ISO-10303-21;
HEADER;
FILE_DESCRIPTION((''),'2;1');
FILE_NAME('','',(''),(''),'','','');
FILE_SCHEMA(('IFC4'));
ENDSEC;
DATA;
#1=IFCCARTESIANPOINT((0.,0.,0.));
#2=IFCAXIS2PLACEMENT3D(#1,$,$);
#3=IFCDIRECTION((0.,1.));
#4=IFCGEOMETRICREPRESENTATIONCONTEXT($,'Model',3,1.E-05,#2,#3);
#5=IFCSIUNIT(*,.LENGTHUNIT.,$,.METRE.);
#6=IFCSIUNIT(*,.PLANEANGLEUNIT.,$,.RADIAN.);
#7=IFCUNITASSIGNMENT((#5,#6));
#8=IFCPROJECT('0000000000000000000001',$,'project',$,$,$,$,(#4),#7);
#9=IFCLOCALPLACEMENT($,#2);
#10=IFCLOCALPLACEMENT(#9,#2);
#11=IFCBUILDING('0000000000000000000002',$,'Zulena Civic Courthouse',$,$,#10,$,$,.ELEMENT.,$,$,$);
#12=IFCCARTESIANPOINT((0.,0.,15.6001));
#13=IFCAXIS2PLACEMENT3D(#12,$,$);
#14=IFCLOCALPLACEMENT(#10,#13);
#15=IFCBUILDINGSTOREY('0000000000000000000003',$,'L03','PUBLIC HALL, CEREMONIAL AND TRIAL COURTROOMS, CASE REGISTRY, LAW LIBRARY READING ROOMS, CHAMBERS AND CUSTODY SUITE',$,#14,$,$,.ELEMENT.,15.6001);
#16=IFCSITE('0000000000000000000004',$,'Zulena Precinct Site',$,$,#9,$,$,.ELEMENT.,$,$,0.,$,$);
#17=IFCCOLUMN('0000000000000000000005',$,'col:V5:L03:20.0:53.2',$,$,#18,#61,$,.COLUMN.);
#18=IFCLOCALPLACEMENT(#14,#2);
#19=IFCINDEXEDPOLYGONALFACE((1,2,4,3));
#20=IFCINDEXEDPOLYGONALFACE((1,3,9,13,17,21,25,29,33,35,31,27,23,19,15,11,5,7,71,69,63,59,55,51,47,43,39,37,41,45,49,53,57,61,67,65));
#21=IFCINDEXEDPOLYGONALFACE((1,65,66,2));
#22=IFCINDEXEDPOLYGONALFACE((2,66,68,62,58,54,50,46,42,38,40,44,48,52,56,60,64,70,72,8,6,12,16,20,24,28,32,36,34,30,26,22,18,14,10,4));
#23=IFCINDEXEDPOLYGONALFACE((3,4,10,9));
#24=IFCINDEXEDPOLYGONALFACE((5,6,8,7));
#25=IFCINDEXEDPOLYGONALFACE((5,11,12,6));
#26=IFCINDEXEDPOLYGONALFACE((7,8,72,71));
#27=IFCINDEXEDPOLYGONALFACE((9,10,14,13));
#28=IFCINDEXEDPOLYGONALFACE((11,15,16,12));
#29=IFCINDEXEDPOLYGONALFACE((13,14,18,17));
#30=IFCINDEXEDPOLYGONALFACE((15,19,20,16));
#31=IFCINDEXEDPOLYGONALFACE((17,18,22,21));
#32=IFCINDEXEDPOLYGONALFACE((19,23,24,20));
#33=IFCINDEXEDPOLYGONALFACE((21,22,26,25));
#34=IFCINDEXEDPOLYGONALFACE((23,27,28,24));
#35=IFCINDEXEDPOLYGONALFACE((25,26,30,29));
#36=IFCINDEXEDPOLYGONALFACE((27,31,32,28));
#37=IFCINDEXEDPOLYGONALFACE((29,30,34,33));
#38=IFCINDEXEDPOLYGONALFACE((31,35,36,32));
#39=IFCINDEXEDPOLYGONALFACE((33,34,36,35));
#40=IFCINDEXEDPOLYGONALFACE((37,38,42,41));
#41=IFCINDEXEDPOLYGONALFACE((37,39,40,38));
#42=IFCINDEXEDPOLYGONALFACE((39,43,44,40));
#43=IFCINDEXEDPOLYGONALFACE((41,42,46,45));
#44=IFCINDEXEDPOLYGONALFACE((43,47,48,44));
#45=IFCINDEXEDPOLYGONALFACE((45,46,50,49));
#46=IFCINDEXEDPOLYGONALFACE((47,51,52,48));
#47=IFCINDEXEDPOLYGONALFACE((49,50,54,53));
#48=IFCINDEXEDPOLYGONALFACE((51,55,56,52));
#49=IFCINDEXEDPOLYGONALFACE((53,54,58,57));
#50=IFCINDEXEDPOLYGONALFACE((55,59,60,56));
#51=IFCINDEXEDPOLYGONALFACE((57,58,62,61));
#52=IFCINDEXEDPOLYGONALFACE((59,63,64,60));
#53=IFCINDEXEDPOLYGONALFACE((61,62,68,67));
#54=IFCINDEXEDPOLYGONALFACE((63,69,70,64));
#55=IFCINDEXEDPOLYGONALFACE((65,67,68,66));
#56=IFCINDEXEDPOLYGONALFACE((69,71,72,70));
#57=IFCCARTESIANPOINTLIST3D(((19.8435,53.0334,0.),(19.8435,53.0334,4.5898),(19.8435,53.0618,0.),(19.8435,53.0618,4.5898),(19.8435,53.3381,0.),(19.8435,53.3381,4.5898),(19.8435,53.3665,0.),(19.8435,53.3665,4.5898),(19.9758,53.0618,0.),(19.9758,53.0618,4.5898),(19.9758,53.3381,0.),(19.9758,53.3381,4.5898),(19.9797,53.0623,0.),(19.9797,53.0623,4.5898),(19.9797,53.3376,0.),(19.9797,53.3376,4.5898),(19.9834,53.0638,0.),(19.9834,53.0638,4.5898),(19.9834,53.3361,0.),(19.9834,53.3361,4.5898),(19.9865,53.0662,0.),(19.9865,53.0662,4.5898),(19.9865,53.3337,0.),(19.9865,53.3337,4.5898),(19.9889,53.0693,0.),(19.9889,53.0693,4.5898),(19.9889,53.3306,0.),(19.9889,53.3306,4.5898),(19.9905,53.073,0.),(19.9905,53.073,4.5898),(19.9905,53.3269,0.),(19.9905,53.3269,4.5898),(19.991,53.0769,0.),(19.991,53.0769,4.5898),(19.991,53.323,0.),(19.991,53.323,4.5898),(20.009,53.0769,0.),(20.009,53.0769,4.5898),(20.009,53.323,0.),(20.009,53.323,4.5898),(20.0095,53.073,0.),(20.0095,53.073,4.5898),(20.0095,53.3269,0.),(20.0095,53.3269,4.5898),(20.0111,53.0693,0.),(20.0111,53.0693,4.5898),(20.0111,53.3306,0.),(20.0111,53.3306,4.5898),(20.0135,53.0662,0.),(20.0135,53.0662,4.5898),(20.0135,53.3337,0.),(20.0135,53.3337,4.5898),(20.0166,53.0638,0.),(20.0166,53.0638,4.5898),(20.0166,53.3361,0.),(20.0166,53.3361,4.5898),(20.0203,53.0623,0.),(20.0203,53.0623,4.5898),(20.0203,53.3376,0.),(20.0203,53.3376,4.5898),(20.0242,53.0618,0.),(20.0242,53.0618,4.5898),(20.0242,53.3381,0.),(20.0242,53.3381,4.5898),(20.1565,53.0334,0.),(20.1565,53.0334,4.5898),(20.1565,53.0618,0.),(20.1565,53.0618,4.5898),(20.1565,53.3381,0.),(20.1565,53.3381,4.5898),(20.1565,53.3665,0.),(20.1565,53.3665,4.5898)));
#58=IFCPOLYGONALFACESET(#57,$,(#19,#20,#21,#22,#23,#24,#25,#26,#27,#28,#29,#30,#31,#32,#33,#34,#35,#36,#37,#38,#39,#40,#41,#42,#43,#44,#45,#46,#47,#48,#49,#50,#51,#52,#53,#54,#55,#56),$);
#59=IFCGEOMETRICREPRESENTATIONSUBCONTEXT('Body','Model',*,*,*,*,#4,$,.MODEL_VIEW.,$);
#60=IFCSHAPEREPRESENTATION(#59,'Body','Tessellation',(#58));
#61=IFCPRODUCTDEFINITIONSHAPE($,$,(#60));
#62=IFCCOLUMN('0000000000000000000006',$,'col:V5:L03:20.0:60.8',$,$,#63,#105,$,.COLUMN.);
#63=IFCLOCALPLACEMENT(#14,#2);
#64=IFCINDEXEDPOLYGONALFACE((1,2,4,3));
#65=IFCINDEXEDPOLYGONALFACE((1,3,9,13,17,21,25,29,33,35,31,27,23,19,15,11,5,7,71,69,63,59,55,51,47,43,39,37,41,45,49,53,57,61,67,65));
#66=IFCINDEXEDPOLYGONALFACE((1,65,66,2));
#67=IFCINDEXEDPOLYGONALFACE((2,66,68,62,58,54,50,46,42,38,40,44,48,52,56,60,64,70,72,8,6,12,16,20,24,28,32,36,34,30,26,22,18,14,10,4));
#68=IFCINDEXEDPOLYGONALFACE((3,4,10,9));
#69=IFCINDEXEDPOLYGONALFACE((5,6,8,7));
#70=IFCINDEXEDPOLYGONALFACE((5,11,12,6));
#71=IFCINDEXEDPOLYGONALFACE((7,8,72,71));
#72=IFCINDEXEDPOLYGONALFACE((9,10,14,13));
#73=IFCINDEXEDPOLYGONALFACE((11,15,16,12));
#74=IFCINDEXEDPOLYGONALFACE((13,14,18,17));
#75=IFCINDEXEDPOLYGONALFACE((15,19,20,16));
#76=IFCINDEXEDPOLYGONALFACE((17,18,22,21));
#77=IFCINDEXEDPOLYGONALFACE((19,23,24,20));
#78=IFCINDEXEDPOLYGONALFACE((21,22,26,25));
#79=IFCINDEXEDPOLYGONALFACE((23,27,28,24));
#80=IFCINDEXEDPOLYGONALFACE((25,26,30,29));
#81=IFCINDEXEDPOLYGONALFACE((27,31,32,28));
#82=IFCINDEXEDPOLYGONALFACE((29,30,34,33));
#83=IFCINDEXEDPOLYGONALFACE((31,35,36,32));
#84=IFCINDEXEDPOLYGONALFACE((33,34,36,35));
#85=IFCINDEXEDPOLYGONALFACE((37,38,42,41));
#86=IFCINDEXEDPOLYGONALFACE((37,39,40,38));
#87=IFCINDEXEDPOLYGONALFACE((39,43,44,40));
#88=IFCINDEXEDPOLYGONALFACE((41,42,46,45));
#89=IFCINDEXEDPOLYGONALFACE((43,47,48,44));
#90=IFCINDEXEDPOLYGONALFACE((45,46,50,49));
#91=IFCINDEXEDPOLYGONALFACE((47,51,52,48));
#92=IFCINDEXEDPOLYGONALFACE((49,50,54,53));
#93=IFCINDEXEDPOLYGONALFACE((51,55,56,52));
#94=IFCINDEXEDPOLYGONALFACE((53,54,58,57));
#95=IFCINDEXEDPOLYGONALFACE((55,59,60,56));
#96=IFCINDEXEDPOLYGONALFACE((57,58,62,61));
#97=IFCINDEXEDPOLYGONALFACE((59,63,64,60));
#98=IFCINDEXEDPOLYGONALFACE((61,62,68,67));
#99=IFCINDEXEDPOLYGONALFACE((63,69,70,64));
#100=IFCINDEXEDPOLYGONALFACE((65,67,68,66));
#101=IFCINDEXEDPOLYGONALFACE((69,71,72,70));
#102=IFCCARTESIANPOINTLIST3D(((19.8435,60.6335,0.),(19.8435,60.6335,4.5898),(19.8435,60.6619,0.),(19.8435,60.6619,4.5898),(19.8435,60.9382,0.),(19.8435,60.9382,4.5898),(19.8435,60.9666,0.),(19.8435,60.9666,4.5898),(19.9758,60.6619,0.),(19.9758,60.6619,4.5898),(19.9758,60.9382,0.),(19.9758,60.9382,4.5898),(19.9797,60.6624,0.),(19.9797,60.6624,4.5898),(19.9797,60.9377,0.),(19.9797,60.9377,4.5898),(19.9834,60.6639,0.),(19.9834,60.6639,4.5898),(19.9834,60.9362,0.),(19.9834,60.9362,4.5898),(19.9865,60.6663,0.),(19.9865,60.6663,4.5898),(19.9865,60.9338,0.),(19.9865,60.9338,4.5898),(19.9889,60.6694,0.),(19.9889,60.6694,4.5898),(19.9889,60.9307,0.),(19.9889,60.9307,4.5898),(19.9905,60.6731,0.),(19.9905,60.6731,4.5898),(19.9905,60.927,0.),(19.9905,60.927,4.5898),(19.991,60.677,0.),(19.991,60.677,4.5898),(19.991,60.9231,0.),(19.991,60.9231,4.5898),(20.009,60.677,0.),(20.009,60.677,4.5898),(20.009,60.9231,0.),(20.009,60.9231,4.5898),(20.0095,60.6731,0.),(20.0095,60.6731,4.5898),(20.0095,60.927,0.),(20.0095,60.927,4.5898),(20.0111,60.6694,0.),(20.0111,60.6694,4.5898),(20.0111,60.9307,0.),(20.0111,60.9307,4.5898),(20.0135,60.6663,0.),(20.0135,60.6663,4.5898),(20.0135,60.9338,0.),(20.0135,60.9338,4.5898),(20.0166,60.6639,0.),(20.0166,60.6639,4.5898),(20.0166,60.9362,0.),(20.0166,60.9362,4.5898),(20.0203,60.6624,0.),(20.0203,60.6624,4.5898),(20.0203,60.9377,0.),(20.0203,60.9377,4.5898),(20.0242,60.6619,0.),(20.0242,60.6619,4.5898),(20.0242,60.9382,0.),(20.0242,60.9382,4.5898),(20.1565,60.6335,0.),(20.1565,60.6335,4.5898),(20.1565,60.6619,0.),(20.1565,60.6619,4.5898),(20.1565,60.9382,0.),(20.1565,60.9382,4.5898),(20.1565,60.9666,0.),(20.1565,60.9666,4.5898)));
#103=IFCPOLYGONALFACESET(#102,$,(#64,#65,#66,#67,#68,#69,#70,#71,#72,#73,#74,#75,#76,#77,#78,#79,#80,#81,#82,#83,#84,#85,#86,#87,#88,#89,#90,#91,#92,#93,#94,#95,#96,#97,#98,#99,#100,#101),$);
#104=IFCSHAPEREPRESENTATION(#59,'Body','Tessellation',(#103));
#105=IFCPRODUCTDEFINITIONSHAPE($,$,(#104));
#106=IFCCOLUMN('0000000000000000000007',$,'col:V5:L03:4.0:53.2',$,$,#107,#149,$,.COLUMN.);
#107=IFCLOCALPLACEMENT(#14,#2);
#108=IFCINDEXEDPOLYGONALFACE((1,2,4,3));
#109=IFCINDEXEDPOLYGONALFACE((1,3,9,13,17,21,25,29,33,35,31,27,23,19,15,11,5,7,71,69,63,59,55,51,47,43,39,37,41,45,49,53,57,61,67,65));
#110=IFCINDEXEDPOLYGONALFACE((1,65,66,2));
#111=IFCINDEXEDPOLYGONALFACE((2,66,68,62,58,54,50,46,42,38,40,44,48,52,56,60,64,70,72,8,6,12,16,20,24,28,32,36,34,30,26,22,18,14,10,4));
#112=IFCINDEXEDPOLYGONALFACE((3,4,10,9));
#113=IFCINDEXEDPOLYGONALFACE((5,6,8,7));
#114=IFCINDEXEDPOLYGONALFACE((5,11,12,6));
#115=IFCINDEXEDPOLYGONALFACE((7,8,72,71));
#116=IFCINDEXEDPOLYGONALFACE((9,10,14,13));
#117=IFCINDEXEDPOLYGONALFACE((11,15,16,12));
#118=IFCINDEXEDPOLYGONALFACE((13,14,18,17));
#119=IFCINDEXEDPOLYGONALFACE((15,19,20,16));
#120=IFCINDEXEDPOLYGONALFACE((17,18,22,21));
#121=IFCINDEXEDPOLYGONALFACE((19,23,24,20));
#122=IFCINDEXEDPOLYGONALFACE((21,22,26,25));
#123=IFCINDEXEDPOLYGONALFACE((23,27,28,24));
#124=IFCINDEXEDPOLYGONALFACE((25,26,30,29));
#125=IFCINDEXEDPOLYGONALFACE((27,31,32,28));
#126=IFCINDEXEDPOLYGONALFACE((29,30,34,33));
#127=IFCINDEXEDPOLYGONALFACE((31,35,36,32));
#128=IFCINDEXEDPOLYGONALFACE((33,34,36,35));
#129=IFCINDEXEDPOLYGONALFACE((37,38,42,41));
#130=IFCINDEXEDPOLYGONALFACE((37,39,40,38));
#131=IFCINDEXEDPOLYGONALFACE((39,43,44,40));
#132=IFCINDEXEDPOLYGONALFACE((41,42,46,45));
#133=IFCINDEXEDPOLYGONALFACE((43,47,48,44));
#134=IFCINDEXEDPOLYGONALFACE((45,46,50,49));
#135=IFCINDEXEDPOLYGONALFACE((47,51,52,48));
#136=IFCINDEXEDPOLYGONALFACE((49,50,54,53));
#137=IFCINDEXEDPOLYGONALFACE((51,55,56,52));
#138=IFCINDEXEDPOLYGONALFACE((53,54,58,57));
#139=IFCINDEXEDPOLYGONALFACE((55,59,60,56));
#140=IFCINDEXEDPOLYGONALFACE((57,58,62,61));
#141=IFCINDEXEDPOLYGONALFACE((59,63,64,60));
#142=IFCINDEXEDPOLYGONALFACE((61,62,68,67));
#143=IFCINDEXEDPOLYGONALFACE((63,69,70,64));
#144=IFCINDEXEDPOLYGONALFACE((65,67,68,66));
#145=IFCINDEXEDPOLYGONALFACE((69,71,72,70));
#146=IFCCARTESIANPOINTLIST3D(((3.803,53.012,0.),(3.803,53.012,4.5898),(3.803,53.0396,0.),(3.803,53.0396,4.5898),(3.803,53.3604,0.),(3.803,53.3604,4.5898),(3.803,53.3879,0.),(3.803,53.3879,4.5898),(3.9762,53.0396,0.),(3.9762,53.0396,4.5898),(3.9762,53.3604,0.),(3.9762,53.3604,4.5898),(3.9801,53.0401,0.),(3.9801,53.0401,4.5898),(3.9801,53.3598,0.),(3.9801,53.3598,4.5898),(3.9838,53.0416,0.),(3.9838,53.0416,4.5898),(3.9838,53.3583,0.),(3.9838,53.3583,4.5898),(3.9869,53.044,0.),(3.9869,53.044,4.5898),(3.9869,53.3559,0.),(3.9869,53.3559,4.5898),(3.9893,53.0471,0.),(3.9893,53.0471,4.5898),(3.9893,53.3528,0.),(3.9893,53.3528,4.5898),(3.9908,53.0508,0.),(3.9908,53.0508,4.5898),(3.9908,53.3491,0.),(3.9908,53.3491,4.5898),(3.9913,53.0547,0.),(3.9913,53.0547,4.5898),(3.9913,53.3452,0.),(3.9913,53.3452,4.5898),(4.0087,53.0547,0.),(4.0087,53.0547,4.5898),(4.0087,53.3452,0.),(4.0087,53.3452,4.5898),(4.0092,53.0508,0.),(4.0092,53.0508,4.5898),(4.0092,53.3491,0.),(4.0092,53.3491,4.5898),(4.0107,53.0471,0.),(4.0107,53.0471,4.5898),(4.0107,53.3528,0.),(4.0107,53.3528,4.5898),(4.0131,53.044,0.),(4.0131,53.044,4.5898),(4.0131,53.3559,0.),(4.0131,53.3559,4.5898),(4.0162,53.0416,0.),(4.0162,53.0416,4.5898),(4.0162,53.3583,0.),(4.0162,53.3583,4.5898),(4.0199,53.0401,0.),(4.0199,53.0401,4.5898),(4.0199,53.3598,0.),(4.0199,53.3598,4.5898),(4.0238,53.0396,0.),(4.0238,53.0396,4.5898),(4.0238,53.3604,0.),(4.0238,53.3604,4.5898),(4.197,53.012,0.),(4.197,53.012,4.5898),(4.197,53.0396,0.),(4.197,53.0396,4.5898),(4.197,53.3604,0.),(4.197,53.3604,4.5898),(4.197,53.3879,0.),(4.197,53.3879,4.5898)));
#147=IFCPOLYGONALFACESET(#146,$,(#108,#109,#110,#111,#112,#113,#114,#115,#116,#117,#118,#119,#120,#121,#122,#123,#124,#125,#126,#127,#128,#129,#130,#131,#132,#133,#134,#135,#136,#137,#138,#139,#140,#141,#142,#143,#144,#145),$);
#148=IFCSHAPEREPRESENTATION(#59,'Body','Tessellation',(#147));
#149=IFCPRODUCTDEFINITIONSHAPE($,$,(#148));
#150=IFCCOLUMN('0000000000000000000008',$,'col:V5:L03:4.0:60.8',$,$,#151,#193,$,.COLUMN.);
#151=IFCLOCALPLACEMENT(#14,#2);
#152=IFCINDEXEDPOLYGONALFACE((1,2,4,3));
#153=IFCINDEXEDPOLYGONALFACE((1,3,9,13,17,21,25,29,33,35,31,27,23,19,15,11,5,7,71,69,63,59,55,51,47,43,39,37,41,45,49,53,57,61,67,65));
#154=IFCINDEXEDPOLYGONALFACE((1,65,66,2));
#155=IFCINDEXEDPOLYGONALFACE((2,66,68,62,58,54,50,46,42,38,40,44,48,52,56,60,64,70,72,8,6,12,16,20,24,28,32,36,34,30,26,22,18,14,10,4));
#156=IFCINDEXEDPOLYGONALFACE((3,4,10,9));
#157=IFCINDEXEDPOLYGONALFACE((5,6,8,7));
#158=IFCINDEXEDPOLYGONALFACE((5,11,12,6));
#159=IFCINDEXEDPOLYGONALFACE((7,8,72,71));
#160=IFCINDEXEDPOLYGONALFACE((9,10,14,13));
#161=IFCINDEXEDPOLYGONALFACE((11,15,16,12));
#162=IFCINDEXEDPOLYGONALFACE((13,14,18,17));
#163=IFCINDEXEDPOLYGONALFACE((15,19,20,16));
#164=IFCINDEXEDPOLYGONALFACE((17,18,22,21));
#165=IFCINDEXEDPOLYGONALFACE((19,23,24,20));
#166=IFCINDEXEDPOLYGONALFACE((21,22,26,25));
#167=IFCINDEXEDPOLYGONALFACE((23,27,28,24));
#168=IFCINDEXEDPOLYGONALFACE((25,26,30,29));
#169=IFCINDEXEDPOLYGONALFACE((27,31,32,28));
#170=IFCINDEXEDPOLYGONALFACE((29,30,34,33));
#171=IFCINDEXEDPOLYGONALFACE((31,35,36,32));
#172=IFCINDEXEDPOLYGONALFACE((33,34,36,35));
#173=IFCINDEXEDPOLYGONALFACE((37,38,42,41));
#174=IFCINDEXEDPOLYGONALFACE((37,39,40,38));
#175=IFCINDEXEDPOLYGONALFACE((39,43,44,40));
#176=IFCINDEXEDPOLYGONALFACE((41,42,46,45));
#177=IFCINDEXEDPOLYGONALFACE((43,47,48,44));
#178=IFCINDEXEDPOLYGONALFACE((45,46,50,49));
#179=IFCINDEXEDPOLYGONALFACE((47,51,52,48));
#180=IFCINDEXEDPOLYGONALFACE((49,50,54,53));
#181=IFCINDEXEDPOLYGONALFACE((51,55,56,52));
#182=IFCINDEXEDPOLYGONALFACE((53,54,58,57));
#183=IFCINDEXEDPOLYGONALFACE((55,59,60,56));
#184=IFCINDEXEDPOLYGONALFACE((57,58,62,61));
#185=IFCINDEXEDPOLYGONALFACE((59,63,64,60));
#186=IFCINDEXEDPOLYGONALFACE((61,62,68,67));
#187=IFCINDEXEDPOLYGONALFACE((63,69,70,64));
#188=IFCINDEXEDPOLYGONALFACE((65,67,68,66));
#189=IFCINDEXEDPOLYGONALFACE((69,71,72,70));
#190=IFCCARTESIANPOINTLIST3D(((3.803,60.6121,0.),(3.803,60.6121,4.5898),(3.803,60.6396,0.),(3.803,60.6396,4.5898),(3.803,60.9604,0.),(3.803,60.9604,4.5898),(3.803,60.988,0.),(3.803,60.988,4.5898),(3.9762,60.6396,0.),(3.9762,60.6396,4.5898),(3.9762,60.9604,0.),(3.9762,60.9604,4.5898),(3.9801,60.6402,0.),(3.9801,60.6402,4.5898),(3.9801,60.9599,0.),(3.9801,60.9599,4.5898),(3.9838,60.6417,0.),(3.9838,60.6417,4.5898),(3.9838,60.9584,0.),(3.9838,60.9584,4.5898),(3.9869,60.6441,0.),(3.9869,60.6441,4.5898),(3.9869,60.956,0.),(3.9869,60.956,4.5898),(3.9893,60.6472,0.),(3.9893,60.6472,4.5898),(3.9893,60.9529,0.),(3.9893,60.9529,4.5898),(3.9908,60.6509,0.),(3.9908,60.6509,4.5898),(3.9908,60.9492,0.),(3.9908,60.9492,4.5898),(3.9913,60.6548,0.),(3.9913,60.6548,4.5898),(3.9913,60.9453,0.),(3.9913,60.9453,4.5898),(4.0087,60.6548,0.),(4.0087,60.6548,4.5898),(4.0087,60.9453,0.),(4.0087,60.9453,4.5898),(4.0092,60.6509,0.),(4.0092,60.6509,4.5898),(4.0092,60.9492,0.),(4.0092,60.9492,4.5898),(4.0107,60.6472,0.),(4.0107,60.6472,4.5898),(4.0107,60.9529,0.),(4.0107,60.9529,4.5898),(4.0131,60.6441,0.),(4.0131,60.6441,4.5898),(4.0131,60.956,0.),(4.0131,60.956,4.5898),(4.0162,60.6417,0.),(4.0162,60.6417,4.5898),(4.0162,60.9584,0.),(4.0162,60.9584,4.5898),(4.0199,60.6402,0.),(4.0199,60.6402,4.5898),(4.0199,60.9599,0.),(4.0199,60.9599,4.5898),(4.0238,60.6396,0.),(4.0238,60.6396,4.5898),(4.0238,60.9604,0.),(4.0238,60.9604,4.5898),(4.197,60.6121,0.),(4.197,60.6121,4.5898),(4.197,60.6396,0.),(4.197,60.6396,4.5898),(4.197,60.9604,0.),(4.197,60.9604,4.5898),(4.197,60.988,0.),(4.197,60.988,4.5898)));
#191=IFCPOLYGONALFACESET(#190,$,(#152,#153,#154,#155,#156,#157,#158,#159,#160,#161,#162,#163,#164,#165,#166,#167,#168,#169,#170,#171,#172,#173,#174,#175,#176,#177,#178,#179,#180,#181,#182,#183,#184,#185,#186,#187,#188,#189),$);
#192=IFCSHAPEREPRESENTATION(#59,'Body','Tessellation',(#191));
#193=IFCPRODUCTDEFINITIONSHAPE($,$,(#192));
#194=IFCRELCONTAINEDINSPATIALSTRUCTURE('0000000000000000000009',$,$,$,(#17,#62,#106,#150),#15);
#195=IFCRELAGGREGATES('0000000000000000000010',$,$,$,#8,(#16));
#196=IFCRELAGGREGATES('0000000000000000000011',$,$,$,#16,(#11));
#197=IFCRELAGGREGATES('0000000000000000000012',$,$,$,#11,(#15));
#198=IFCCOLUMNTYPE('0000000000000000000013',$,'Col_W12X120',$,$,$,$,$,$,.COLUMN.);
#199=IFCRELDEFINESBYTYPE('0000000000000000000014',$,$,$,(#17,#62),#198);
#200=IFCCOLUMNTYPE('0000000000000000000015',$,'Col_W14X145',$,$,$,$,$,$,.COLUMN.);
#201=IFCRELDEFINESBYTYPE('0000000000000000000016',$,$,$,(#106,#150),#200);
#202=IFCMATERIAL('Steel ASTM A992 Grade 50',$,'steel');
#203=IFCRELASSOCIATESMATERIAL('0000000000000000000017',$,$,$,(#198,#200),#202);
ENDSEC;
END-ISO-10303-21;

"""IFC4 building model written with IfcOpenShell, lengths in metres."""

from ifc_helpers import new_model, si_unit, direction, frame, origin, origin_2d, place, context, subcontext, project, spatial, i_section, extrude, material, material_profile, profile_set, type_object, element, save


model = new_model("IFC4")

# Units and contexts
model_context = context("Model", 3, precision=1e-05, world=origin(), true_north=direction((0.0, 1.0)))
body_context = subcontext(model_context, "Body", "Model", "MODEL_VIEW")
ifc_project = project(units=[si_unit("LENGTHUNIT", "METRE"), si_unit("PLANEANGLEUNIT", "RADIAN")], contexts=[model_context])

# Site, building, storey
site_placement = place(None, origin())
site = spatial("IfcSite", under=ifc_project, at=site_placement, Name="Zulena Precinct Site", CompositionType="ELEMENT", RefElevation=0.0)
building_placement = place(site_placement, origin())
building = spatial("IfcBuilding", under=site, at=building_placement, Name="Zulena Civic Courthouse", CompositionType="ELEMENT")
storey_placement = place(building_placement, frame((0.0, 0.0, 15.6001)))
storey = spatial("IfcBuildingStorey", under=building, at=storey_placement, Name="L03", Description="PUBLIC HALL, CEREMONIAL AND TRIAL COURTROOMS, CASE REGISTRY, LAW LIBRARY READING ROOMS, CHAMBERS AND CUSTODY SUITE", CompositionType="ELEMENT", Elevation=15.6001)

# Columns
ifc_material_1 = material(Name="Steel ASTM A992 Grade 50", Category="steel")
ifc_material_profile_1 = material_profile(ifc_material_1, i_section(OverallWidth=0.313, OverallDepth=0.333, WebThickness=0.0181, FlangeThickness=0.0283, FilletRadius=0.0151, at=origin_2d()), Name="W12X120")
ifc_profile_set_1 = profile_set([ifc_material_profile_1], Name="Steel ASTM A992 Grade 50")
column_type_1 = type_object("IfcColumnType", Name="Col_W12X120", PredefinedType="COLUMN", material=ifc_profile_set_1)
for number, where, z_axis, x_axis, name in (
    (1, (20.0, 53.2, 0.0), (0.0, 0.0, 1.0), (1.0, 0.0, 0.0), "col:V5:L03:20.0:53.2"),
    (2, (20.0, 60.8, 0.0), (0.0, 0.0, 1.0), (1.0, 0.0, 0.0), "col:V5:L03:20.0:60.8"),
):
    element("IfcColumn", number, at=place(storey_placement, frame(where, z_axis=z_axis, x_axis=x_axis)), inside=storey, type_object=column_type_1, Name=name, PredefinedType="COLUMN", context=body_context, shape_type="SweptSolid", body=[
        extrude(i_section(OverallWidth=0.313, OverallDepth=0.333, WebThickness=0.0181, FlangeThickness=0.0283, FilletRadius=0.0151, at=origin_2d()), origin(), (0.0, 0.0, 1.0), 4.5898),
    ])
ifc_material_profile_2 = material_profile(ifc_material_1, i_section(OverallWidth=0.394, OverallDepth=0.376, WebThickness=0.0173, FlangeThickness=0.0276, FilletRadius=0.0151, at=origin_2d()), Name="W14X145")
ifc_profile_set_2 = profile_set([ifc_material_profile_2], Name="Steel ASTM A992 Grade 50")
column_type_2 = type_object("IfcColumnType", Name="Col_W14X145", PredefinedType="COLUMN", material=ifc_profile_set_2)
for number, where, z_axis, x_axis, name in (
    (3, (4.0, 53.2, 0.0), (0.0, 0.0, 1.0), (1.0, 0.0, 0.0), "col:V5:L03:4.0:53.2"),
    (4, (4.0, 60.8, 0.0), (0.0, 0.0, 1.0), (1.0, 0.0, 0.0), "col:V5:L03:4.0:60.8"),
):
    element("IfcColumn", number, at=place(storey_placement, frame(where, z_axis=z_axis, x_axis=x_axis)), inside=storey, type_object=column_type_2, Name=name, PredefinedType="COLUMN", context=body_context, shape_type="SweptSolid", body=[
        extrude(i_section(OverallWidth=0.394, OverallDepth=0.376, WebThickness=0.0173, FlangeThickness=0.0276, FilletRadius=0.0151, at=origin_2d()), origin(), (0.0, 0.0, 1.0), 4.5898),
    ])

save(model, "model.ifc")
